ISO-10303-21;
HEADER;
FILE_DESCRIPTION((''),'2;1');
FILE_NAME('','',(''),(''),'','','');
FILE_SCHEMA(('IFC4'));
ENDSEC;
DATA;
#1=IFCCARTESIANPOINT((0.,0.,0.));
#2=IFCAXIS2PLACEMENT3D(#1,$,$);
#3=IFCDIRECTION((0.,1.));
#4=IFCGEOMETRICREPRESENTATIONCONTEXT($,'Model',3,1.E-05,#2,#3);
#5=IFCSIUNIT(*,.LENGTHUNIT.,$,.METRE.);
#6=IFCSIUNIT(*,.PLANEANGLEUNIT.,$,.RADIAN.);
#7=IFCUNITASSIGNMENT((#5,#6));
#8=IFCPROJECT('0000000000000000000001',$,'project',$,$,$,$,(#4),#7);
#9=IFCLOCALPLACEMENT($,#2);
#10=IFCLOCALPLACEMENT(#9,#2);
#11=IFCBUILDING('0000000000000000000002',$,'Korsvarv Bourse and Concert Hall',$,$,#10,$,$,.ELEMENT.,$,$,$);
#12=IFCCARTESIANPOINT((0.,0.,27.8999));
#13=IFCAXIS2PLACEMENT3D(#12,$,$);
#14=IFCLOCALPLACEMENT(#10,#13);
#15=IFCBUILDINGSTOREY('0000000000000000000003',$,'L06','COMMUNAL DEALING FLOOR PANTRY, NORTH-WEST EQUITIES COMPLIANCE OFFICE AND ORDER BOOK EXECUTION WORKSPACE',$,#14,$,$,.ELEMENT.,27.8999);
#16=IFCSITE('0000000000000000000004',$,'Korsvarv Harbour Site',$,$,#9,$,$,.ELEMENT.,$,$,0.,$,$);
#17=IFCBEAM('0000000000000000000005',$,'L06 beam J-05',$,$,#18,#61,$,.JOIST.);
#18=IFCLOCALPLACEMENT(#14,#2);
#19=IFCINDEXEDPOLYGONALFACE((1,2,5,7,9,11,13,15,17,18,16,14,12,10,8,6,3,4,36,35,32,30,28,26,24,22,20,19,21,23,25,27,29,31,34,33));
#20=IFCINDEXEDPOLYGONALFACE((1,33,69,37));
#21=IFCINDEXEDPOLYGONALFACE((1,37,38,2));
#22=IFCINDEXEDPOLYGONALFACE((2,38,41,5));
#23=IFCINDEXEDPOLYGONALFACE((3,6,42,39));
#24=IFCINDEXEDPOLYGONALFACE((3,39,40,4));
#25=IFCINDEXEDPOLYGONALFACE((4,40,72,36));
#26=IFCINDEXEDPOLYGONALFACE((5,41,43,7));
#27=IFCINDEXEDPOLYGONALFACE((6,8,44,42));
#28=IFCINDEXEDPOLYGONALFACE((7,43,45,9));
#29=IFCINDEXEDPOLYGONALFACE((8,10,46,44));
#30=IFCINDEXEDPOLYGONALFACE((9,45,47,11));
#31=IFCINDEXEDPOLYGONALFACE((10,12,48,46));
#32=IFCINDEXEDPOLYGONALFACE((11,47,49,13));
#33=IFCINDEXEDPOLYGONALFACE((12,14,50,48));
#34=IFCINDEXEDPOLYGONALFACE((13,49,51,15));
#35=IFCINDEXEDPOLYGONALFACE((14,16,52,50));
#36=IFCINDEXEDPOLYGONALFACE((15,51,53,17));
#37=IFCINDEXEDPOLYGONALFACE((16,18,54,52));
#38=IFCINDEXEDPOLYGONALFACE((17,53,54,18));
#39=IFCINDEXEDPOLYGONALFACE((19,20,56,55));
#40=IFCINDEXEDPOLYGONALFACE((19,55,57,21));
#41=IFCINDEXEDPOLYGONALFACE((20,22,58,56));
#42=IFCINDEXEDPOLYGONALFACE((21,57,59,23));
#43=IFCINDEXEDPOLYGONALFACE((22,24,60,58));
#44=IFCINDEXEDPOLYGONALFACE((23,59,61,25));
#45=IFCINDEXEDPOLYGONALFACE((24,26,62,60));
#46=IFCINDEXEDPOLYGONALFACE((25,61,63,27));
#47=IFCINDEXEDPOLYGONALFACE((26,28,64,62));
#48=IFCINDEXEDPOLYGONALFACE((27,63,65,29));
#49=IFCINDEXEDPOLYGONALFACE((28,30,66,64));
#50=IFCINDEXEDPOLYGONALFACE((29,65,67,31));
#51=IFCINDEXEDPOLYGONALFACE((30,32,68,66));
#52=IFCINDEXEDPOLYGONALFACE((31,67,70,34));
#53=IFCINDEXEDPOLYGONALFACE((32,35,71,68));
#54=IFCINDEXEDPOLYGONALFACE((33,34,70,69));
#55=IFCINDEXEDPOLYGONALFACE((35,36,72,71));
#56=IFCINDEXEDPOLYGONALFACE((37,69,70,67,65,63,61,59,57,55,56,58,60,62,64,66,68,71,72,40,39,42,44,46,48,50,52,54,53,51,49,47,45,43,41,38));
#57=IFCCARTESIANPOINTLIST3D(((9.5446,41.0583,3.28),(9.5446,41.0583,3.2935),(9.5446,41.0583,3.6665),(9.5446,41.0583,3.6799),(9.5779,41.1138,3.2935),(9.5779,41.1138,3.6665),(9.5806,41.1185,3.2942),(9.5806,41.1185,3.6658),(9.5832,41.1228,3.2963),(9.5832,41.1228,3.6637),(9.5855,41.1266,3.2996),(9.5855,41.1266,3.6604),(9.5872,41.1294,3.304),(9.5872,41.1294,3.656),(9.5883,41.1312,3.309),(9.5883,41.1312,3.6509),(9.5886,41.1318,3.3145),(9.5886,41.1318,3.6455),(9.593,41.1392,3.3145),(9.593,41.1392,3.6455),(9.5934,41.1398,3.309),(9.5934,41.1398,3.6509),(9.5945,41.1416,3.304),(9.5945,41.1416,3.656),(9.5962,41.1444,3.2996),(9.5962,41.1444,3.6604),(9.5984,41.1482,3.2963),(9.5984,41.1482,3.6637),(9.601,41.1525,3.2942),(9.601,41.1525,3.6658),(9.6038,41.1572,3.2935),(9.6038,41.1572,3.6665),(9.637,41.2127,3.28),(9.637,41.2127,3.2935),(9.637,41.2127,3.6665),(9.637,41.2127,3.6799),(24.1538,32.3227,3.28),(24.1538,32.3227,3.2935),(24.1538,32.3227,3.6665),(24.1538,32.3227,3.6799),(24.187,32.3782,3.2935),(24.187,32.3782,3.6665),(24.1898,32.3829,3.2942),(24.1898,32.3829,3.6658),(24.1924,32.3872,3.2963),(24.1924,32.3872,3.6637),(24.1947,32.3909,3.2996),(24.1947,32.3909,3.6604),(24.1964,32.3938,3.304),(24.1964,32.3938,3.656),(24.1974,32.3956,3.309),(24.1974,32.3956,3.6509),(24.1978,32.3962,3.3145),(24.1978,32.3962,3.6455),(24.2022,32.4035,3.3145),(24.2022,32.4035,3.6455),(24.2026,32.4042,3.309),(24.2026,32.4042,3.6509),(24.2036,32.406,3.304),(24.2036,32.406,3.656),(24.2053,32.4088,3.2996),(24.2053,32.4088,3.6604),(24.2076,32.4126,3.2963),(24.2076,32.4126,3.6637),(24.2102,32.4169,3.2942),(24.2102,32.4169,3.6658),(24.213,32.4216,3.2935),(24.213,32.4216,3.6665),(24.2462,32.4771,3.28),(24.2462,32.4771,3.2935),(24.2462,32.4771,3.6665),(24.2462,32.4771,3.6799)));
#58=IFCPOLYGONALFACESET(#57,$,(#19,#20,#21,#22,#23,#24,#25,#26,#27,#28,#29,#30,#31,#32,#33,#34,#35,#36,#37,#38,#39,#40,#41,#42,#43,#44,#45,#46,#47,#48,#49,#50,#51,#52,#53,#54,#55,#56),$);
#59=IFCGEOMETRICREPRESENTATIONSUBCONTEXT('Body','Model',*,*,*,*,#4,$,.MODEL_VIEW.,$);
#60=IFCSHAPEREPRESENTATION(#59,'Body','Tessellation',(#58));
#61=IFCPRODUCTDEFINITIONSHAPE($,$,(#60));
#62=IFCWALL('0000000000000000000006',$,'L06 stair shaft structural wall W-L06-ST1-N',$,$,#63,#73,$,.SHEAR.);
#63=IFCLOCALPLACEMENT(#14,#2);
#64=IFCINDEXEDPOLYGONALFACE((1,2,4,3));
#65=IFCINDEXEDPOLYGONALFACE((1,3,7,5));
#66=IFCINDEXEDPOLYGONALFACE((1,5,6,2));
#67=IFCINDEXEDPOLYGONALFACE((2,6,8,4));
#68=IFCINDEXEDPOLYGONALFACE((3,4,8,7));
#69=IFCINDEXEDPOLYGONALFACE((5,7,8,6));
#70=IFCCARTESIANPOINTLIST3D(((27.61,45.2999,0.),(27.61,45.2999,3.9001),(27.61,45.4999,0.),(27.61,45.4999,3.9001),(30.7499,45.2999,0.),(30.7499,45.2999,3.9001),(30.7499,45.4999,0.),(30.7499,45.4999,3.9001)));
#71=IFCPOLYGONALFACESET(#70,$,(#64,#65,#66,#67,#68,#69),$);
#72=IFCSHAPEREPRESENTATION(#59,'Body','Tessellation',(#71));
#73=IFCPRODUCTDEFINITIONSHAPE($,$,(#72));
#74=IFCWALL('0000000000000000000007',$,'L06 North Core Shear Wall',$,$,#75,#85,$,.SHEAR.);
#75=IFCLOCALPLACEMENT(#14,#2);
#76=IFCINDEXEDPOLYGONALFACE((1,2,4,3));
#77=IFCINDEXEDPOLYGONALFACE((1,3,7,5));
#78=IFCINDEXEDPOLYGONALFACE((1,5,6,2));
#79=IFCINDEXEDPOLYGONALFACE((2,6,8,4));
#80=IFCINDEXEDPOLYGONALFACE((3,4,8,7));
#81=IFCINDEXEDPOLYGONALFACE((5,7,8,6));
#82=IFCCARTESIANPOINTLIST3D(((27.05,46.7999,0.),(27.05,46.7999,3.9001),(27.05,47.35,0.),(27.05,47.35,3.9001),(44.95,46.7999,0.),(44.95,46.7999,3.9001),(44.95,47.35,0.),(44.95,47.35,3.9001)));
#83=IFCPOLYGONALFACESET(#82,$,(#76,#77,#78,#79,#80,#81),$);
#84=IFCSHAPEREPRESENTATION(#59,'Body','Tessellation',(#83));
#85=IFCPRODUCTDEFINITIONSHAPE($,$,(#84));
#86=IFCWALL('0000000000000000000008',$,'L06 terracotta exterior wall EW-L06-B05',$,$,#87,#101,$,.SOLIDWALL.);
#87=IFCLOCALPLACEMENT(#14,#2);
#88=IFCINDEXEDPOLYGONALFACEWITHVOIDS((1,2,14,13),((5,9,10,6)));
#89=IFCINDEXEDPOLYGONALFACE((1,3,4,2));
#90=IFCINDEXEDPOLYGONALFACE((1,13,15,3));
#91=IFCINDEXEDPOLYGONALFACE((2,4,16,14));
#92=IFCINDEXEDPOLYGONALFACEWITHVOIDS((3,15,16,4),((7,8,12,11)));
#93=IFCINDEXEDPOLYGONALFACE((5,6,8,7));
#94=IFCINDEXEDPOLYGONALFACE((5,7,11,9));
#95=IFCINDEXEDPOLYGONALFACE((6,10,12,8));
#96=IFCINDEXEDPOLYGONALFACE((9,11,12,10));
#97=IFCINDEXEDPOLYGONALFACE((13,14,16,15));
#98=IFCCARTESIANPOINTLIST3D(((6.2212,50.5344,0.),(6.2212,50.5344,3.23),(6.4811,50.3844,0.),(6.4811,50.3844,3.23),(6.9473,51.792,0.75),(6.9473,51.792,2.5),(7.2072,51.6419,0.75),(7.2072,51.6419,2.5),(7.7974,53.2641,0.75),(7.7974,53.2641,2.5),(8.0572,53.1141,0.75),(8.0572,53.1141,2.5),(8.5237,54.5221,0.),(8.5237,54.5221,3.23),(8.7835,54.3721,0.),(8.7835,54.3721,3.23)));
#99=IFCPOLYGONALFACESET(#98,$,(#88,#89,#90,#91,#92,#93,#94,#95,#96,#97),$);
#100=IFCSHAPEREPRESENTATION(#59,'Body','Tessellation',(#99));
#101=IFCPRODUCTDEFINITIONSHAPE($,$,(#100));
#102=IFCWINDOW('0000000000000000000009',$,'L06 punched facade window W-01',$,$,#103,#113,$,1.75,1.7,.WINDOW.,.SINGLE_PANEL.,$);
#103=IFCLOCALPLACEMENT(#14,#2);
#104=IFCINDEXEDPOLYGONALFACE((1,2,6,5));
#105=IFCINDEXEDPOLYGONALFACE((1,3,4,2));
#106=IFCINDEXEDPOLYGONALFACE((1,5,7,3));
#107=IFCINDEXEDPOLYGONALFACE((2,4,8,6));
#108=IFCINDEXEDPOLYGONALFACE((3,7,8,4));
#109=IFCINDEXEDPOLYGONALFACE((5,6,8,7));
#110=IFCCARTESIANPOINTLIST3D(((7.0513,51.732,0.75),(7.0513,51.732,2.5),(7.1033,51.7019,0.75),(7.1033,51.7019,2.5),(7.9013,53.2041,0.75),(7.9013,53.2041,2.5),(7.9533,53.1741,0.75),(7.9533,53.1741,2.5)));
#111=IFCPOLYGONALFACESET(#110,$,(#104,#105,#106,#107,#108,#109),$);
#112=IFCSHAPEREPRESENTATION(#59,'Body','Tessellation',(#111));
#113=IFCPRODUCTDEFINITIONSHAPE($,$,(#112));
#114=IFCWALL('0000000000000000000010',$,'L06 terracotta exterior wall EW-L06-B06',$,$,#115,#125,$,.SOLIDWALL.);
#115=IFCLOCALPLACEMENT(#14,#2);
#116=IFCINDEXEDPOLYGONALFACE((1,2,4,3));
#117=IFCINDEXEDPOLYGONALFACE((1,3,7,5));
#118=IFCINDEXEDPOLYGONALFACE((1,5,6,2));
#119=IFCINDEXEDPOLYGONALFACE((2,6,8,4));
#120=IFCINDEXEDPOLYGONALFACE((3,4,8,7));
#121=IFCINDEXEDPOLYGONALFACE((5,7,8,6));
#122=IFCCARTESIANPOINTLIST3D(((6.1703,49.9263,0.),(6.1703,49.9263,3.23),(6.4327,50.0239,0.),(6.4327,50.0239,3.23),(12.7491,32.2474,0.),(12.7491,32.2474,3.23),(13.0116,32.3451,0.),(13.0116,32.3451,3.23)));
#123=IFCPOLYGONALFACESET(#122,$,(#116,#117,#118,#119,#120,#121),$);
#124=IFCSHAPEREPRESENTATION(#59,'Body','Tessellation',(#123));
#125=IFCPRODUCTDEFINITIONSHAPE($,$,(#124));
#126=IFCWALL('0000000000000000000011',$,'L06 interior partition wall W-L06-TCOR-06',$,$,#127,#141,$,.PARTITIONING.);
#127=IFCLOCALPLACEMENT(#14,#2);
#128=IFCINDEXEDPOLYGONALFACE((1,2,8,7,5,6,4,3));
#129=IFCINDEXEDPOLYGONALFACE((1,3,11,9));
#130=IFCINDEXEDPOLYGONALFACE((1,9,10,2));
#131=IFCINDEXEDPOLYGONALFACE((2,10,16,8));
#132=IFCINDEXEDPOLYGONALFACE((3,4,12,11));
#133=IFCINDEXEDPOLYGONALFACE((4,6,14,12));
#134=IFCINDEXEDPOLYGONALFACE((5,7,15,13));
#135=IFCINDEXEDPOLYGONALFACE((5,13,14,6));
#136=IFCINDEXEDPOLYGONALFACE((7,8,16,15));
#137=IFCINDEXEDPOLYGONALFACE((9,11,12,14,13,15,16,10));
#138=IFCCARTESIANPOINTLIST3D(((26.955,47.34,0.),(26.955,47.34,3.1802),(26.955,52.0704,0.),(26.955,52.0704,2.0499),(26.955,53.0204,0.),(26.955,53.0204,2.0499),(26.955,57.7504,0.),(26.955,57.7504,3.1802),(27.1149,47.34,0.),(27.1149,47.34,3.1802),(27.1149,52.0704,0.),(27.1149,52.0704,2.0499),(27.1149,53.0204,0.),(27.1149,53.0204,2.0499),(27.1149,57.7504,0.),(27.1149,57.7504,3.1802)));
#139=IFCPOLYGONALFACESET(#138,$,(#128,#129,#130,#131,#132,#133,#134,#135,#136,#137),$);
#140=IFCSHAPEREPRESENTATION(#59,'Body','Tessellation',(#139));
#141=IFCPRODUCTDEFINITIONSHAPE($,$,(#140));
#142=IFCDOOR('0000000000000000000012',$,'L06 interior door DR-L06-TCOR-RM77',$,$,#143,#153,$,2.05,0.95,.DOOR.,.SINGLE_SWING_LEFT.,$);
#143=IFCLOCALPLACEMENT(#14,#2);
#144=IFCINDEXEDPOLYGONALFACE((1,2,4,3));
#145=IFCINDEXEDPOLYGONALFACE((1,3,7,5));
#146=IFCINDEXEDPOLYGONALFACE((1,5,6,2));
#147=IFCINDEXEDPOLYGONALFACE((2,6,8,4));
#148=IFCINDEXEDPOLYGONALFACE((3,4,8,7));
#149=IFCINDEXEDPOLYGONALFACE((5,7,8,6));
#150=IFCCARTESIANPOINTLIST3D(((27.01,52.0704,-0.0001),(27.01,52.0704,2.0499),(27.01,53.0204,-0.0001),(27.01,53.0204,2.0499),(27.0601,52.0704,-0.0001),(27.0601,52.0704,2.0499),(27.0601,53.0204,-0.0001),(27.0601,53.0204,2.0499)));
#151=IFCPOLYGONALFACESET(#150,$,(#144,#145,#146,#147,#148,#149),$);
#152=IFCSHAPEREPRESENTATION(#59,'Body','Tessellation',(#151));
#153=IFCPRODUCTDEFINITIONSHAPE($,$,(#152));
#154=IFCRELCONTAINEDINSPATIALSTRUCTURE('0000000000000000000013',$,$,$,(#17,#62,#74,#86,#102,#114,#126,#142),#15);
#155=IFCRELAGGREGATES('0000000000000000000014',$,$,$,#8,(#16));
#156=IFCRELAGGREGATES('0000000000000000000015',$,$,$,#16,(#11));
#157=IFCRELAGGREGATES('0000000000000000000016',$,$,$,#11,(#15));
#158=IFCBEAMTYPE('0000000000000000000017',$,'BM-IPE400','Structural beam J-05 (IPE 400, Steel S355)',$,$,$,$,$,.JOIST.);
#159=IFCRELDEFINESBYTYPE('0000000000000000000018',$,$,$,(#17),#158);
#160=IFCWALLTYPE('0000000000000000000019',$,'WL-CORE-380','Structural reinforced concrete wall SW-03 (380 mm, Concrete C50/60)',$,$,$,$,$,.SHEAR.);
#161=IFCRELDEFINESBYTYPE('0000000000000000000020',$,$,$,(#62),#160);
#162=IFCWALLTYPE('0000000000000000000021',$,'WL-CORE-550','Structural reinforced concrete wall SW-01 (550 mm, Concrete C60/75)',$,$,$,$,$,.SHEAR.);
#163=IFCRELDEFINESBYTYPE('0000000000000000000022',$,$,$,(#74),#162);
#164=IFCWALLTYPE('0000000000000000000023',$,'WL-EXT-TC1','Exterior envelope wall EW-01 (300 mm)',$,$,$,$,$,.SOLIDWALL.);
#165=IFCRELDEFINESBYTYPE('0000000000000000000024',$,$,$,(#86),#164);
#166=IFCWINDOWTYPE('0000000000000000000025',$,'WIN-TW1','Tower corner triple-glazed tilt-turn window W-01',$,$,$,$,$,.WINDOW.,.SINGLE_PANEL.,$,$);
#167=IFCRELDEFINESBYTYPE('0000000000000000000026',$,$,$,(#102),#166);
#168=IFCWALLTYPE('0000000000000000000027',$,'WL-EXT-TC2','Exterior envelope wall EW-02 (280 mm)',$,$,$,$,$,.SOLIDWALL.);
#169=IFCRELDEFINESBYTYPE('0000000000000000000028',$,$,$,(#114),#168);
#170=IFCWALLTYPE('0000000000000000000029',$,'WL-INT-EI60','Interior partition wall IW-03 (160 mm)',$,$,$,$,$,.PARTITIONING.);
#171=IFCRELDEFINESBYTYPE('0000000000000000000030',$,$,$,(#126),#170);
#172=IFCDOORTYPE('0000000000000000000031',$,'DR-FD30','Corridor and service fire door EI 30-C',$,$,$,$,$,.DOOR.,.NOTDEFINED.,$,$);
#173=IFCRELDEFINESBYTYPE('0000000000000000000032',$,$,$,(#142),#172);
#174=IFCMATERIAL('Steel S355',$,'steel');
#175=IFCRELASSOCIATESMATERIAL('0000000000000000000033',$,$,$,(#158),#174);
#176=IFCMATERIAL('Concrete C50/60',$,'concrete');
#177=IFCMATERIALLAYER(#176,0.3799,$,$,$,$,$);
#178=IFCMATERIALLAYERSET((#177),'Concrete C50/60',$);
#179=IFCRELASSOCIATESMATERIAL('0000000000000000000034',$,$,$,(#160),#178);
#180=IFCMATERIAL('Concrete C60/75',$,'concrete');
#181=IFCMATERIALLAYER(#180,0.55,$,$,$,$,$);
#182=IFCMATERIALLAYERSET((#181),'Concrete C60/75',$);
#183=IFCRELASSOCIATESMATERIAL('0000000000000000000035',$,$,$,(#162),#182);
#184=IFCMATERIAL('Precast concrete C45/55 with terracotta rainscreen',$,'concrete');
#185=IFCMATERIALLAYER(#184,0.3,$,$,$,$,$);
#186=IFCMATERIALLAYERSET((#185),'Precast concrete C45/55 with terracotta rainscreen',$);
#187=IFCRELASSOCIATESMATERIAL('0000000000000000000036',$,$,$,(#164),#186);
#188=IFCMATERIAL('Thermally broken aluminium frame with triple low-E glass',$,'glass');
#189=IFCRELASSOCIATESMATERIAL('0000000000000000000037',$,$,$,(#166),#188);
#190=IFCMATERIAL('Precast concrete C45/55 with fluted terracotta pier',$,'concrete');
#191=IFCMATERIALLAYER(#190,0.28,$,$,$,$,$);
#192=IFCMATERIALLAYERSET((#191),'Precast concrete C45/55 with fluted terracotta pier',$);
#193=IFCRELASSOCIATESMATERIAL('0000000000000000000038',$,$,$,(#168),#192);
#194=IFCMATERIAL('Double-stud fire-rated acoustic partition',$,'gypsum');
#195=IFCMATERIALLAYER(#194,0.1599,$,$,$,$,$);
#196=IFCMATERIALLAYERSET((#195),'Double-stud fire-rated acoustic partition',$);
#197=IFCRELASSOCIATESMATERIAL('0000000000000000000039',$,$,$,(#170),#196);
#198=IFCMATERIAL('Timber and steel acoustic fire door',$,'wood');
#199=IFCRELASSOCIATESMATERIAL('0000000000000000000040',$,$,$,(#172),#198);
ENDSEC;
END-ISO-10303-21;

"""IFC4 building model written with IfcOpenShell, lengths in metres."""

from ifc_helpers import new_model, si_unit, direction, frame, frame_2d, origin, origin_2d, place, context, subcontext, project, spatial, rectangle, i_section, extrude, source, transform, mapped, material, layer, layer_set, material_profile, profile_set, type_object, element, fill, save


model = new_model("IFC4")

# Units and contexts
model_context = context("Model", 3, precision=1e-05, world=origin(), true_north=direction((0.0, 1.0)))
body_context = subcontext(model_context, "Body", "Model", "MODEL_VIEW")
ifc_project = project(units=[si_unit("LENGTHUNIT", "METRE"), si_unit("PLANEANGLEUNIT", "RADIAN")], contexts=[model_context])

# Site, building, storey
site_placement = place(None, origin())
site = spatial("IfcSite", under=ifc_project, at=site_placement, Name="Korsvarv Harbour Site", CompositionType="ELEMENT", RefElevation=0.0)
building_placement = place(site_placement, origin())
building = spatial("IfcBuilding", under=site, at=building_placement, Name="Korsvarv Bourse and Concert Hall", CompositionType="ELEMENT")
storey_placement = place(building_placement, frame((0.0, 0.0, 27.8999)))
storey = spatial("IfcBuildingStorey", under=building, at=storey_placement, Name="L06", Description="COMMUNAL DEALING FLOOR PANTRY, NORTH-WEST EQUITIES COMPLIANCE OFFICE AND ORDER BOOK EXECUTION WORKSPACE", CompositionType="ELEMENT", Elevation=27.8999)

# Shared definitions
ifc_material_1 = material(Name="Concrete C60/75", Category="concrete")

# Beam
ifc_material_2 = material(Name="Steel S355", Category="steel")
ifc_material_profile_1 = material_profile(ifc_material_2, i_section(OverallWidth=0.1799, OverallDepth=0.3999, WebThickness=0.0085, FlangeThickness=0.0134, FilletRadius=0.021, at=origin_2d()), Name="IPE 400")
ifc_profile_set_1 = profile_set([ifc_material_profile_1], Name="Steel S355")
beam_type_1 = type_object("IfcBeamType", Name="BM-IPE400", Description="Structural beam J-05 (IPE 400, Steel S355)", PredefinedType="JOIST", material=ifc_profile_set_1)
shared_shape_1 = source(origin(), body_context, "Body", "SweptSolid", [
    extrude(i_section(OverallWidth=0.1799, OverallDepth=0.3999, WebThickness=0.0085, FlangeThickness=0.0134, FilletRadius=0.021, at=origin_2d()), origin(), (0.0, 0.0, 1.0), 17.0217),
])
beam_1_placement = place(storey_placement, frame((9.5908, 41.1355, 3.48), z_axis=(0.858266, -0.513204, 0.0), x_axis=(0.513204, 0.858266, 0.0)))
element("IfcBeam", 1, at=beam_1_placement, inside=storey, type_object=beam_type_1, Name="L06 beam J-05", PredefinedType="JOIST", context=body_context, shape_type="MappedRepresentation", body=[
    mapped(shared_shape_1, transform((0.0, 0.0, 0.0), scale=1.0)),
])

# Walls
ifc_material_3 = material(Name="Concrete C50/60", Category="concrete")
ifc_layer_1 = layer(ifc_material_3, 0.3799)
ifc_layer_set_1 = layer_set([ifc_layer_1], Name="Concrete C50/60")
wall_type_1 = type_object("IfcWallType", Name="WL-CORE-380", Description="Structural reinforced concrete wall SW-03 (380 mm, Concrete C50/60)", PredefinedType="SHEAR", material=ifc_layer_set_1)
wall_1_placement = place(storey_placement, frame((27.6101, 45.3999, 0.0), z_axis=(0.0, 0.0, 1.0), x_axis=(1.0, 0.0, 0.0)))
element("IfcWall", 2, at=wall_1_placement, inside=storey, type_object=wall_type_1, Name="L06 stair shaft structural wall W-L06-ST1-N", PredefinedType="SHEAR", context=body_context, shape_type="SweptSolid", body=[
    extrude(rectangle(XDim=3.1399, YDim=0.2, at=frame_2d((1.5698, 0.0))), origin(), (0.0, 0.0, 1.0), 3.9001),
])
ifc_layer_2 = layer(ifc_material_1, 0.55)
ifc_layer_set_2 = layer_set([ifc_layer_2], Name="Concrete C60/75")
wall_type_2 = type_object("IfcWallType", Name="WL-CORE-550", Description="Structural reinforced concrete wall SW-01 (550 mm, Concrete C60/75)", PredefinedType="SHEAR", material=ifc_layer_set_2)
wall_2_placement = place(storey_placement, frame((27.05, 47.075, 0.0), z_axis=(0.0, 0.0, 1.0), x_axis=(1.0, 0.0, 0.0)))
element("IfcWall", 3, at=wall_2_placement, inside=storey, type_object=wall_type_2, Name="L06 North Core Shear Wall", PredefinedType="SHEAR", context=body_context, shape_type="SweptSolid", body=[
    extrude(rectangle(XDim=17.8999, YDim=0.55, at=frame_2d((8.95, 0.0))), origin(), (0.0, 0.0, 1.0), 3.9001),
])

# Wall, opening, window
ifc_material_4 = material(Name="Precast concrete C45/55 with terracotta rainscreen", Category="concrete")
ifc_layer_3 = layer(ifc_material_4, 0.3)
ifc_layer_set_3 = layer_set([ifc_layer_3], Name="Precast concrete C45/55 with terracotta rainscreen")
wall_type_3 = type_object("IfcWallType", Name="WL-EXT-TC1", Description="Exterior envelope wall EW-01 (300 mm)", PredefinedType="SOLIDWALL", material=ifc_layer_set_3)
wall_3_placement = place(storey_placement, frame((8.6536, 54.447, 0.0), z_axis=(0.0, 0.0, 1.0), x_axis=(-0.500022, -0.866013, 0.0)))
wall_3 = element("IfcWall", 4, at=wall_3_placement, inside=storey, type_object=wall_type_3, Name="L06 terracotta exterior wall EW-L06-B05", PredefinedType="SOLIDWALL", context=body_context, shape_type="SweptSolid", body=[
    extrude(rectangle(XDim=4.6047, YDim=0.3, at=frame_2d((2.3022, 0.0))), origin(), (0.0, 0.0, 1.0), 3.23),
])
opening_1_placement = place(wall_3_placement, frame((1.4524, 0.0, 0.75)))
opening_1 = element("IfcOpeningElement", 5, at=opening_1_placement, cuts=wall_3, PredefinedType="OPENING", context=body_context, shape_type="SweptSolid", body=[
    extrude(rectangle(XDim=1.7, YDim=1.75, at=frame_2d((0.8501, 0.875))), frame((0.0, 0.1602, 0.0), z_axis=(0.0, -1.0, 0.0), x_axis=(1.0, 0.0, 0.0)), (0.0, 0.0, 1.0), 0.3201),
])
ifc_material_5 = material(Name="Thermally broken aluminium frame with triple low-E glass", Category="glass")
window_type = type_object("IfcWindowType", Name="WIN-TW1", Description="Tower corner triple-glazed tilt-turn window W-01", PartitioningType="SINGLE_PANEL", PredefinedType="WINDOW", material=ifc_material_5)
window_placement = place(opening_1_placement, origin())
window = element("IfcWindow", 6, at=window_placement, inside=storey, type_object=window_type, Name="L06 punched facade window W-01", OverallHeight=1.75, OverallWidth=1.7, PartitioningType="SINGLE_PANEL", PredefinedType="WINDOW", context=body_context, shape_type="SweptSolid", body=[
    extrude(rectangle(XDim=1.7, YDim=1.75, at=frame_2d((0.8501, 0.875))), frame((0.0, 0.03, 0.0), z_axis=(0.0, -1.0, 0.0), x_axis=(1.0, 0.0, 0.0)), (0.0, 0.0, 1.0), 0.0601),
])
fill(opening_1, window)

# Wall
ifc_material_6 = material(Name="Precast concrete C45/55 with fluted terracotta pier", Category="concrete")
ifc_layer_4 = layer(ifc_material_6, 0.28)
ifc_layer_set_4 = layer_set([ifc_layer_4], Name="Precast concrete C45/55 with fluted terracotta pier")
wall_type_4 = type_object("IfcWallType", Name="WL-EXT-TC2", Description="Exterior envelope wall EW-02 (280 mm)", PredefinedType="SOLIDWALL", material=ifc_layer_set_4)
wall_4_placement = place(storey_placement, frame((6.3015, 49.9751, 0.0), z_axis=(0.0, 0.0, 1.0), x_axis=(0.348764, -0.937211, 0.0)))
element("IfcWall", 7, at=wall_4_placement, inside=storey, type_object=wall_type_4, Name="L06 terracotta exterior wall EW-L06-B06", PredefinedType="SOLIDWALL", context=body_context, shape_type="SweptSolid", body=[
    extrude(rectangle(XDim=18.8633, YDim=0.28, at=frame_2d((9.4316, 0.0))), origin(), (0.0, 0.0, 1.0), 3.23),
])

# Wall, opening, door
ifc_material_7 = material(Name="Double-stud fire-rated acoustic partition", Category="gypsum")
ifc_layer_5 = layer(ifc_material_7, 0.1599)
ifc_layer_set_5 = layer_set([ifc_layer_5], Name="Double-stud fire-rated acoustic partition")
wall_type_5 = type_object("IfcWallType", Name="WL-INT-EI60", Description="Interior partition wall IW-03 (160 mm)", PredefinedType="PARTITIONING", material=ifc_layer_set_5)
wall_5_placement = place(storey_placement, frame((27.0349, 47.3401, 0.0), z_axis=(0.0, 0.0, 1.0), x_axis=(0.0, 1.0, 0.0)))
wall_5 = element("IfcWall", 8, at=wall_5_placement, inside=storey, type_object=wall_type_5, Name="L06 interior partition wall W-L06-TCOR-06", PredefinedType="PARTITIONING", context=body_context, shape_type="SweptSolid", body=[
    extrude(rectangle(XDim=10.4104, YDim=0.1599, at=frame_2d((5.2051, 0.0))), origin(), (0.0, 0.0, 1.0), 3.1802),
])
opening_2_placement = place(wall_5_placement, frame((4.7302, 0.0, 0.0)))
opening_2 = element("IfcOpeningElement", 9, at=opening_2_placement, cuts=wall_5, PredefinedType="OPENING", context=body_context, shape_type="SweptSolid", body=[
    extrude(rectangle(XDim=0.95, YDim=2.05, at=frame_2d((0.4751, 1.0249))), frame((0.0, 0.0898, 0.0), z_axis=(0.0, -1.0, 0.0), x_axis=(1.0, 0.0, 0.0)), (0.0, 0.0, 1.0), 0.1799),
])
ifc_material_8 = material(Name="Timber and steel acoustic fire door", Category="wood")
door_type = type_object("IfcDoorType", Name="DR-FD30", Description="Corridor and service fire door EI 30-C", OperationType="NOTDEFINED", PredefinedType="DOOR", material=ifc_material_8)
door_placement = place(opening_2_placement, origin())
door = element("IfcDoor", 10, at=door_placement, inside=storey, type_object=door_type, Name="L06 interior door DR-L06-TCOR-RM77", OperationType="SINGLE_SWING_LEFT", OverallHeight=2.05, OverallWidth=0.95, PredefinedType="DOOR", context=body_context, shape_type="SweptSolid", body=[
    extrude(rectangle(XDim=0.95, YDim=2.05, at=frame_2d((0.4751, 1.0249))), frame((0.0, 0.0249, 0.0), z_axis=(0.0, -1.0, 0.0), x_axis=(1.0, 0.0, 0.0)), (0.0, 0.0, 1.0), 0.05),
])
fill(opening_2, door)

save(model, "model.ifc")
